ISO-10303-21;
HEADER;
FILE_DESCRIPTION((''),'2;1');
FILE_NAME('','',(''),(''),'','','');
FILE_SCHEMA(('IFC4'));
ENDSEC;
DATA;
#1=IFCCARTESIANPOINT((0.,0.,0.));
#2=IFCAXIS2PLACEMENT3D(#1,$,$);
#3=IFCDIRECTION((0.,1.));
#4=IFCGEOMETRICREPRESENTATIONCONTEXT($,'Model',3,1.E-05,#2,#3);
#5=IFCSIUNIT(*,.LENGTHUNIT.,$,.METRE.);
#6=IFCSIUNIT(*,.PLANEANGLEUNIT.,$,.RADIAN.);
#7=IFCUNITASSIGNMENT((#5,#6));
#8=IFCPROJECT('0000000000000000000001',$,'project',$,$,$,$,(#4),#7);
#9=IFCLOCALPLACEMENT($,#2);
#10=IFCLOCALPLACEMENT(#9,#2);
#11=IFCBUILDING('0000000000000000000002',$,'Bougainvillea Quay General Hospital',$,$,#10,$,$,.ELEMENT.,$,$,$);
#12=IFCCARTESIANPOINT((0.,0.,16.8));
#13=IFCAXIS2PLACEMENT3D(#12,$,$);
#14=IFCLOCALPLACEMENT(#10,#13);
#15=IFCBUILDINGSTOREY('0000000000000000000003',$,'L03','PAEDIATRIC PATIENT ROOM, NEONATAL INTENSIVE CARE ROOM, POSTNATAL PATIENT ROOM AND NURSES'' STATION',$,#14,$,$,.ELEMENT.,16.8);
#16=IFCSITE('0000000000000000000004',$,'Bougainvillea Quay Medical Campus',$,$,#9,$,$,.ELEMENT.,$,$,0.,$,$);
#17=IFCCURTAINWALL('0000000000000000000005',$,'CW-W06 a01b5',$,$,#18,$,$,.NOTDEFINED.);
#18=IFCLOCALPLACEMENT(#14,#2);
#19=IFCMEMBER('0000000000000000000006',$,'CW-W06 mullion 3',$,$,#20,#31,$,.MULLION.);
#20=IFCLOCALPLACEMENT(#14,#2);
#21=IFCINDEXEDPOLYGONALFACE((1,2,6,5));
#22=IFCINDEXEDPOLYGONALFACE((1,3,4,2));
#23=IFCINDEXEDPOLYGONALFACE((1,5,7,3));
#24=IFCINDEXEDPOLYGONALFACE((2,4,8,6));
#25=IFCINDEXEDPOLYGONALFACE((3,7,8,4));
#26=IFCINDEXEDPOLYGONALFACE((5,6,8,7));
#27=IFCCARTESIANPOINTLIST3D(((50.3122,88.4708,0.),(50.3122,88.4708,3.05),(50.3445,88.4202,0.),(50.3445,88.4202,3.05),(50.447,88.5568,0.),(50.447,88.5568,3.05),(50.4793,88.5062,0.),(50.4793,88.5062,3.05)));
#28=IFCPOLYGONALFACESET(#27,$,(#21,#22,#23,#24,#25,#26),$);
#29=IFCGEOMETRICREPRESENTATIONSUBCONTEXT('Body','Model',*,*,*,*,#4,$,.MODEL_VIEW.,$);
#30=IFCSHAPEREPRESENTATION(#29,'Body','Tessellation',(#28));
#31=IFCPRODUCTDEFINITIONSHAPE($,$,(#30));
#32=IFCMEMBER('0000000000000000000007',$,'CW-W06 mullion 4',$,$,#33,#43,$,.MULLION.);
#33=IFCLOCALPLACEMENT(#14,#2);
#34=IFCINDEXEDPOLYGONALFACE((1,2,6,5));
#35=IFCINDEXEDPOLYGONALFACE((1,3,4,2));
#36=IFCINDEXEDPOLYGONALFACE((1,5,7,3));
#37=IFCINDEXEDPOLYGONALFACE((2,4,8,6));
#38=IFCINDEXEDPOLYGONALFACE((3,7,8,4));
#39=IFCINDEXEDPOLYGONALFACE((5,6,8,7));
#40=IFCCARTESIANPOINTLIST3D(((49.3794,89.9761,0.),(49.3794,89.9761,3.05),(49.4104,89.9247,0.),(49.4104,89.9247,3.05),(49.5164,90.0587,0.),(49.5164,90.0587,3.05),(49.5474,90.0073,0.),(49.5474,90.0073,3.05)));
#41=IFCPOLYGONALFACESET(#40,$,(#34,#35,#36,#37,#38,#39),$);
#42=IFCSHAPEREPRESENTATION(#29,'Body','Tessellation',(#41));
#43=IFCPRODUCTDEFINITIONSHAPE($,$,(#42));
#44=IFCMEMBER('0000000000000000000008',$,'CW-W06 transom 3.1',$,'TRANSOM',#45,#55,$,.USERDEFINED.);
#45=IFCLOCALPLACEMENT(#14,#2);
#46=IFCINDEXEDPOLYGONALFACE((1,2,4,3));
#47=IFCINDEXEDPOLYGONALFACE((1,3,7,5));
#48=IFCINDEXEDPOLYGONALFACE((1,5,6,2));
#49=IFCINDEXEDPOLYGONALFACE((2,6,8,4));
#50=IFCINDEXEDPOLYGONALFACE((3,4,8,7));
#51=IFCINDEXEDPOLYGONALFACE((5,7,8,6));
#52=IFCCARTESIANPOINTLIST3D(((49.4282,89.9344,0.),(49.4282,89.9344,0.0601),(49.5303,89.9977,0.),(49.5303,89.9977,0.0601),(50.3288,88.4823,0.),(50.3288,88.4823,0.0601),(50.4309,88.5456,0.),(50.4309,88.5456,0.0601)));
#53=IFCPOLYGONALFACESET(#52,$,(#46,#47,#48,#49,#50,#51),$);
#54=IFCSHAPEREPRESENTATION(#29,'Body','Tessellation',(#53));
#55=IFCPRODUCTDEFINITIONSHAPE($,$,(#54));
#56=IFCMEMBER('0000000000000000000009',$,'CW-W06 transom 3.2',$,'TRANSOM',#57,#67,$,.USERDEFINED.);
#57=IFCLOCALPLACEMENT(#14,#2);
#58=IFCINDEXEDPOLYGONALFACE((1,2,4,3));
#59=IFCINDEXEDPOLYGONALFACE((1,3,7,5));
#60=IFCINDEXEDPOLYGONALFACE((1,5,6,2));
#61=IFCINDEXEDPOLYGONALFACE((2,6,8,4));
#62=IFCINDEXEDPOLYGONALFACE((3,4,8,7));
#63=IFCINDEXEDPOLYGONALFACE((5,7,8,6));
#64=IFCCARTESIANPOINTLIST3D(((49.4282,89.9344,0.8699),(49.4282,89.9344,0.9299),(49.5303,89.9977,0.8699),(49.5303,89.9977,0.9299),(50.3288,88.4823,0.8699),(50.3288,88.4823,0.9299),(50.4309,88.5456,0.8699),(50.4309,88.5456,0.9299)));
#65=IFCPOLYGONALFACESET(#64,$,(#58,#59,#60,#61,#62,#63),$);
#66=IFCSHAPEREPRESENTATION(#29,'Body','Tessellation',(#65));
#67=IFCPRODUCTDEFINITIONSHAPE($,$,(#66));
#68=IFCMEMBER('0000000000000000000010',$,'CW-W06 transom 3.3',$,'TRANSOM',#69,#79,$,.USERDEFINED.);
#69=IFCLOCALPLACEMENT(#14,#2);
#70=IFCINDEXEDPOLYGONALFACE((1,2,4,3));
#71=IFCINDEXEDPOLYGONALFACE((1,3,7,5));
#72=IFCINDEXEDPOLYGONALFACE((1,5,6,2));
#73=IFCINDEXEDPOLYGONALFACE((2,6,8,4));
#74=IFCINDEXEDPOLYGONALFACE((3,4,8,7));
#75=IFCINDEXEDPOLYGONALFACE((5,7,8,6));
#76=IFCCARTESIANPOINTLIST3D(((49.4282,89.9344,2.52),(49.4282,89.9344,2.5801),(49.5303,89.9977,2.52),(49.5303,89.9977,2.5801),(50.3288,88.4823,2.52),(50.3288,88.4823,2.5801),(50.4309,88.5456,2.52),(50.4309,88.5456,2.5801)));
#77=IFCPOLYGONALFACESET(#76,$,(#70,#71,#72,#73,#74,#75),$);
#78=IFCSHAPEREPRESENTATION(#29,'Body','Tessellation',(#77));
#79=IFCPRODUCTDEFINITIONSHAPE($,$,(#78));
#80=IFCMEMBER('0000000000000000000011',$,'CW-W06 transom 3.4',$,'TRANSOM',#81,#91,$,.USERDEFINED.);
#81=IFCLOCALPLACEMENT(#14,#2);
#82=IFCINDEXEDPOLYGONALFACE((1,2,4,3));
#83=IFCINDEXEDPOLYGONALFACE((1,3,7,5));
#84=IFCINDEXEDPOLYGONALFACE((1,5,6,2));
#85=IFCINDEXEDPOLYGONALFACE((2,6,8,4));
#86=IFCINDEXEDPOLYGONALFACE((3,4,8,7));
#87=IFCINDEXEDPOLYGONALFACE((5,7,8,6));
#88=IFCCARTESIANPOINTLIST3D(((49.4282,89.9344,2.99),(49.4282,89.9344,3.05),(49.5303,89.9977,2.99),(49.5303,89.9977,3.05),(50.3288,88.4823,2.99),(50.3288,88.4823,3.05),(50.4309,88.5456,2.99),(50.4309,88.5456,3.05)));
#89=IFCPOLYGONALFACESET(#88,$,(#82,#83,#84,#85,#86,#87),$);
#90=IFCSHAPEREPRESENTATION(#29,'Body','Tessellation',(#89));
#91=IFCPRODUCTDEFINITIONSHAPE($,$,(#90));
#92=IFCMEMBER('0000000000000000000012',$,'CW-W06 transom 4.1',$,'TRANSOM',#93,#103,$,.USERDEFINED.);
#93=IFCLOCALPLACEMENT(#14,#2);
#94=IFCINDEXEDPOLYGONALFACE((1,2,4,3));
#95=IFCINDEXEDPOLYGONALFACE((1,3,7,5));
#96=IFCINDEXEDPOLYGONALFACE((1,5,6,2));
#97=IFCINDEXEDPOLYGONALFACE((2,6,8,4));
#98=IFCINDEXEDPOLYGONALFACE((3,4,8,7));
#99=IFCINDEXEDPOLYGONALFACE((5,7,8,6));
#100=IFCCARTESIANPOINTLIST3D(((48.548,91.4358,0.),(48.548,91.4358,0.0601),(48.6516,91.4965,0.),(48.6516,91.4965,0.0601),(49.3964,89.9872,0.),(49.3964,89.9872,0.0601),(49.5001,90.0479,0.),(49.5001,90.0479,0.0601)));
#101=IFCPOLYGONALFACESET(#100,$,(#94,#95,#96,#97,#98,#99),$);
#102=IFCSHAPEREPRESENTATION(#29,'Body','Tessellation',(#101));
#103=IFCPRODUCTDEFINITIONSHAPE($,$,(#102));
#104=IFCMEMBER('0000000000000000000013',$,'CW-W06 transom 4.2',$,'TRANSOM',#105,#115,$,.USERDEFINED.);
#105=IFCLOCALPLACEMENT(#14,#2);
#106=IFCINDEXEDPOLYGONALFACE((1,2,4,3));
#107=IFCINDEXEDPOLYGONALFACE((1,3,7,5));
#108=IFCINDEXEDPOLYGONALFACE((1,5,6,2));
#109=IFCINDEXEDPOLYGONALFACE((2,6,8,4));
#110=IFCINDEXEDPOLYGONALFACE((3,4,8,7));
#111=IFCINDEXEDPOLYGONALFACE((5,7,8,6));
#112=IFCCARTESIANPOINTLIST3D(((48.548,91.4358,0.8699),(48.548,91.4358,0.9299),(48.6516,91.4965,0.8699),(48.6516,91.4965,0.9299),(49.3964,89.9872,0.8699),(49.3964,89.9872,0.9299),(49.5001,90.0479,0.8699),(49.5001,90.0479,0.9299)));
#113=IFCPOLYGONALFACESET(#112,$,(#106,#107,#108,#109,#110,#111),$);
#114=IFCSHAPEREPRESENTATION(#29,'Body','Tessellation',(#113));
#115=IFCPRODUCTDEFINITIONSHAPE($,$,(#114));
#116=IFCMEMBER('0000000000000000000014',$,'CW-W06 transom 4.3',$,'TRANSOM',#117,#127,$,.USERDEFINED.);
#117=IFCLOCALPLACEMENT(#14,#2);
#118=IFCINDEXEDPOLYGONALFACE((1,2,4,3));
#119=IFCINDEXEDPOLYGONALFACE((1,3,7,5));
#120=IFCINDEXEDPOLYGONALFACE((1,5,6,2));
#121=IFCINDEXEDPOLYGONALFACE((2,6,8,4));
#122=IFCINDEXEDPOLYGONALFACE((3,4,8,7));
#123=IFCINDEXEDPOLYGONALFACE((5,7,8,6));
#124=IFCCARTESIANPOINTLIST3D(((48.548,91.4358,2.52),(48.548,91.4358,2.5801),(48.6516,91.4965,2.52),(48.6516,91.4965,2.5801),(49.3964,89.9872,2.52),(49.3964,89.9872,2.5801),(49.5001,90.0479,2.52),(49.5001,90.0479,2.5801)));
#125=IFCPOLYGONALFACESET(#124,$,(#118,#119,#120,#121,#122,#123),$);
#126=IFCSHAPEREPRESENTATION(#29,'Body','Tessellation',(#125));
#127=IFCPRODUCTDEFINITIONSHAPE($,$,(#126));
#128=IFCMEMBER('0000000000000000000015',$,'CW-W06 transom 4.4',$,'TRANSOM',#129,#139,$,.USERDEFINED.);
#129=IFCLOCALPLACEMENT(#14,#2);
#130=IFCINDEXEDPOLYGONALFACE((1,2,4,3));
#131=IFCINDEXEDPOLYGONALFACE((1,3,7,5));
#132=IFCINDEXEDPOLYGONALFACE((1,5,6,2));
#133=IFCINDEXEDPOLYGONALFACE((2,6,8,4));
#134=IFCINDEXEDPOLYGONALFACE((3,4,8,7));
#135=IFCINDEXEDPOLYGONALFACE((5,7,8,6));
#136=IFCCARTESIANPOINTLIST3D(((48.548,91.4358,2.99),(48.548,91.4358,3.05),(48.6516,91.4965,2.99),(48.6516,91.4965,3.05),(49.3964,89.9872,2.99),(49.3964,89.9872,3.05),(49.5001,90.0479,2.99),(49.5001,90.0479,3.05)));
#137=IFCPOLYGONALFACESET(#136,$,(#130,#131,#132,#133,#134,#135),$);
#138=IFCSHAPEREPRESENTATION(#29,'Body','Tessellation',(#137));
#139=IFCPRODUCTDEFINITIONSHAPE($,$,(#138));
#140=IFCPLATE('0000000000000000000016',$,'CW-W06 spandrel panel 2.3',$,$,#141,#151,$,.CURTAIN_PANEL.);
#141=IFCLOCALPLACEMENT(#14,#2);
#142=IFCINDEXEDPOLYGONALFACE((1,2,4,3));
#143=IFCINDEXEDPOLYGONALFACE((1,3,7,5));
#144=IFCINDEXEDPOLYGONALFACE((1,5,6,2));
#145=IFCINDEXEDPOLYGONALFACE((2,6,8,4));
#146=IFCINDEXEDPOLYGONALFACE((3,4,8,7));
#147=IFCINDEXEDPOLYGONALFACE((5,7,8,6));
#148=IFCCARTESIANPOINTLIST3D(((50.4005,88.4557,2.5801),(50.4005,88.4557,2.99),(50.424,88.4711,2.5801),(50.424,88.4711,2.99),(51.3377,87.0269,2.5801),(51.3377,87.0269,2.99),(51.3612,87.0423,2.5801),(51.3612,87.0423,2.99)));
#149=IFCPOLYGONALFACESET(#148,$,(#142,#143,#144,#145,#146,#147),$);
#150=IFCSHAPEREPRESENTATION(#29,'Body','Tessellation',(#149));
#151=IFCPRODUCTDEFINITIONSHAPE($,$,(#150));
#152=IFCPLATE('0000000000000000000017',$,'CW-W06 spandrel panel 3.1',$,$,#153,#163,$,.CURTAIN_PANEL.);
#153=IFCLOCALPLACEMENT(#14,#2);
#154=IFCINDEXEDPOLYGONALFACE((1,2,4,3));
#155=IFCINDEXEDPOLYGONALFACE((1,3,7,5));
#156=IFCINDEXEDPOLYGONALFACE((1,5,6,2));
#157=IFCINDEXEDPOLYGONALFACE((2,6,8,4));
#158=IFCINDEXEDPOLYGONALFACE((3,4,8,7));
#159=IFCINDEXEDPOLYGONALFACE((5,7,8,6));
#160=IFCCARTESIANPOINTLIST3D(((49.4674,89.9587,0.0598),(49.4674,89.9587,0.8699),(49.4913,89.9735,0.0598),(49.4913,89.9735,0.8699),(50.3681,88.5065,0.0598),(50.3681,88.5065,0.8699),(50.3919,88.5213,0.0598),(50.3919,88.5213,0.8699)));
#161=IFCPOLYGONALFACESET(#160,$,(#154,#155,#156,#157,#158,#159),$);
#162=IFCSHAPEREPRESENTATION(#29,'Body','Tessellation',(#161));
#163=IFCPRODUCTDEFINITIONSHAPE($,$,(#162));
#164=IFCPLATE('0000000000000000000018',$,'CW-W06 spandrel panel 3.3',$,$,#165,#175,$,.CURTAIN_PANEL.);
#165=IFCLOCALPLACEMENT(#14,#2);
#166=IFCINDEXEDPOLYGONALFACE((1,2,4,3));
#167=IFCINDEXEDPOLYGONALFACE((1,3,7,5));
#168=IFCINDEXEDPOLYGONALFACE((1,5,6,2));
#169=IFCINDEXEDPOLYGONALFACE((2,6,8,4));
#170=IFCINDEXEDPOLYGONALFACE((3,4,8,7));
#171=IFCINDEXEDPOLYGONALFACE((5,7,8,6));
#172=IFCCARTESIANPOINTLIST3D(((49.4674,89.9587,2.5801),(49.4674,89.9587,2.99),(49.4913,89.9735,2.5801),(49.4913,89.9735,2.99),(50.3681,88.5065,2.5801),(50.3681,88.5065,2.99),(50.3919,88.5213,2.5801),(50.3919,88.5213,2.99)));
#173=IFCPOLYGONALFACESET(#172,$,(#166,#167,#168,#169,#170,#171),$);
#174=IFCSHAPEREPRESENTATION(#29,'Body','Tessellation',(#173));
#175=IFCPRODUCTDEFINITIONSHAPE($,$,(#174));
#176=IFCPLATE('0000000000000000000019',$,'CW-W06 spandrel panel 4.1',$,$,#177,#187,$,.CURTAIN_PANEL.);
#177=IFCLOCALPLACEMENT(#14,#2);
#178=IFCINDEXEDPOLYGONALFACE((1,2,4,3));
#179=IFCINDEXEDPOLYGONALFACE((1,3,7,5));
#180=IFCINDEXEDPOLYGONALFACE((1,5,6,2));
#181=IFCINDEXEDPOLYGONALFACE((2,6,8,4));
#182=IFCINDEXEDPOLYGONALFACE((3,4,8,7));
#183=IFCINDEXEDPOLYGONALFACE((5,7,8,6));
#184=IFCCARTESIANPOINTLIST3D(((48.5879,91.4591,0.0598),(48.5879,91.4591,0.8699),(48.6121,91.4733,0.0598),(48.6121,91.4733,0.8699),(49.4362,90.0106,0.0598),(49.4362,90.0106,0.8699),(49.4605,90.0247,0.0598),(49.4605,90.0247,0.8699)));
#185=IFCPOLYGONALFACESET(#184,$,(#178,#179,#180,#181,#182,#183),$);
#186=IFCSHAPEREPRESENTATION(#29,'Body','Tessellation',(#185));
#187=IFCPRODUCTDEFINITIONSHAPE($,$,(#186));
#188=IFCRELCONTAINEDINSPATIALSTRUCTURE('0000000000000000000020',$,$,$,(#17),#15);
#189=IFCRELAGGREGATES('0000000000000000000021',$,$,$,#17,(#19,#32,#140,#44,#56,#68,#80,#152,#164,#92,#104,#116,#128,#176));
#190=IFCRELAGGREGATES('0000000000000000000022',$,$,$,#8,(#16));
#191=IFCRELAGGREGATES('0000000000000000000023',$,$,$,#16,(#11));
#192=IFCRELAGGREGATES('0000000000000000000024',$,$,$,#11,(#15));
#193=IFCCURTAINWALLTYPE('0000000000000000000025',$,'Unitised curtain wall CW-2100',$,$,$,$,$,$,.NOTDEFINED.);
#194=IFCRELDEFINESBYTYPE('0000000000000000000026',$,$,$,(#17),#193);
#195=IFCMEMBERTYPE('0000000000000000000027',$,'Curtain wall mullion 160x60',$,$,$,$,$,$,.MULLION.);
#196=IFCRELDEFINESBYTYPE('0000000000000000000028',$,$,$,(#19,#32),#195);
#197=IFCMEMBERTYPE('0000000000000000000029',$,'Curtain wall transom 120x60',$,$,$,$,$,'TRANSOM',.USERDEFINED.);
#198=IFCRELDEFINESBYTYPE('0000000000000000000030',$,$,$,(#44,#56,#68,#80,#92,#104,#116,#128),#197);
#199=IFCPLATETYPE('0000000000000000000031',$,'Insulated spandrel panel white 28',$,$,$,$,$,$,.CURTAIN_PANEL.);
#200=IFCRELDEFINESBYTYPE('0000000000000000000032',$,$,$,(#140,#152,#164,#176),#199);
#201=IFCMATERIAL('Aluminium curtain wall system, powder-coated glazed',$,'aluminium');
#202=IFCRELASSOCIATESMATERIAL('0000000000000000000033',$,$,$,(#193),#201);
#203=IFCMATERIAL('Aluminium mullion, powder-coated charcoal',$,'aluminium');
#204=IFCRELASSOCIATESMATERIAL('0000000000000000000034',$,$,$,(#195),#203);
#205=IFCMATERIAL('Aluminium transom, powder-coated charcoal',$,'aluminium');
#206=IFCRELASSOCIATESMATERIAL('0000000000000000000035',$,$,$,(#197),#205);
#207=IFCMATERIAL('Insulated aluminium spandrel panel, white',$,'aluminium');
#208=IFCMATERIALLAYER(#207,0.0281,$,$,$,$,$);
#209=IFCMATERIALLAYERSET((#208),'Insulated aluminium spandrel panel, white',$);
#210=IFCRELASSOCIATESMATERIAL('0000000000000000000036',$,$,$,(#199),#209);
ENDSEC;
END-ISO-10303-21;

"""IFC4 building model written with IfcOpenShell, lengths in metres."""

from ifc_helpers import new_model, si_unit, direction, frame, origin, origin_2d, place, context, subcontext, project, spatial, rectangle, extrude, material, layer, layer_set, material_profile, profile_set, type_object, element, aggregate, save


model = new_model("IFC4")

# Units and contexts
model_context = context("Model", 3, precision=1e-05, world=origin(), true_north=direction((0.0, 1.0)))
body_context = subcontext(model_context, "Body", "Model", "MODEL_VIEW")
ifc_project = project(units=[si_unit("LENGTHUNIT", "METRE"), si_unit("PLANEANGLEUNIT", "RADIAN")], contexts=[model_context])

# Site, building, storey
site_placement = place(None, origin())
site = spatial("IfcSite", under=ifc_project, at=site_placement, Name="Bougainvillea Quay Medical Campus", CompositionType="ELEMENT", RefElevation=0.0)
building_placement = place(site_placement, origin())
building = spatial("IfcBuilding", under=site, at=building_placement, Name="Bougainvillea Quay General Hospital", CompositionType="ELEMENT")
storey_placement = place(building_placement, frame((0.0, 0.0, 16.8)))
storey = spatial("IfcBuildingStorey", under=building, at=storey_placement, Name="L03", Description="PAEDIATRIC PATIENT ROOM, NEONATAL INTENSIVE CARE ROOM, POSTNATAL PATIENT ROOM AND NURSES' STATION", CompositionType="ELEMENT", Elevation=16.8)

# Curtain wall, members, plates
ifc_material_1 = material(Name="Aluminium curtain wall system, powder-coated glazed", Category="aluminium")
curtain_wall_type = type_object("IfcCurtainWallType", Name="Unitised curtain wall CW-2100", PredefinedType="NOTDEFINED", material=ifc_material_1)
curtain_wall_placement = place(storey_placement, origin())
curtain_wall = element("IfcCurtainWall", 1, at=curtain_wall_placement, inside=storey, type_object=curtain_wall_type, Name="CW-W06 a01b5", PredefinedType="NOTDEFINED")
ifc_material_2 = material(Name="Aluminium mullion, powder-coated charcoal", Category="aluminium")
ifc_material_profile_1 = material_profile(ifc_material_2, rectangle(XDim=0.1599, YDim=0.0601, at=origin_2d()))
ifc_profile_set_1 = profile_set([ifc_material_profile_1], Name="Aluminium mullion, powder-coated charcoal")
member_type_1 = type_object("IfcMemberType", Name="Curtain wall mullion 160x60", PredefinedType="MULLION", material=ifc_profile_set_1)
member_1_placement = place(storey_placement, frame((50.3958, 88.4885, 0.0), z_axis=(0.0, 0.0, 1.0), x_axis=(-0.843072, -0.5378, 0.0)))
member_1 = element("IfcMember", 2, at=member_1_placement, type_object=member_type_1, Name="CW-W06 mullion 3", PredefinedType="MULLION", context=body_context, shape_type="SweptSolid", body=[
    extrude(rectangle(XDim=0.1599, YDim=0.0601, at=origin_2d()), origin(), (0.0, 0.0, 1.0), 3.05),
])
member_2_placement = place(storey_placement, frame((49.4634, 89.9917, 0.0), z_axis=(0.0, 0.0, 1.0), x_axis=(-0.856438, -0.516249, 0.0)))
member_2 = element("IfcMember", 3, at=member_2_placement, type_object=member_type_1, Name="CW-W06 mullion 4", PredefinedType="MULLION", context=body_context, shape_type="SweptSolid", body=[
    extrude(rectangle(XDim=0.1599, YDim=0.0601, at=origin_2d()), origin(), (0.0, 0.0, 1.0), 3.05),
])
ifc_material_3 = material(Name="Aluminium transom, powder-coated charcoal", Category="aluminium")
ifc_material_profile_2 = material_profile(ifc_material_3, rectangle(XDim=0.1201, YDim=0.0601, at=origin_2d()))
ifc_profile_set_2 = profile_set([ifc_material_profile_2], Name="Aluminium transom, powder-coated charcoal")
member_type_2 = type_object("IfcMemberType", Name="Curtain wall transom 120x60", ElementType="TRANSOM", PredefinedType="USERDEFINED", material=ifc_profile_set_2)
member_3_placement = place(storey_placement, frame((50.3799, 88.5139, 0.03), z_axis=(-0.527068, 0.849823, 0.0), x_axis=(-0.849823, -0.527068, 0.0)))
member_3 = element("IfcMember", 4, at=member_3_placement, type_object=member_type_2, Name="CW-W06 transom 3.1", ObjectType="TRANSOM", PredefinedType="USERDEFINED", context=body_context, shape_type="SweptSolid", body=[
    extrude(rectangle(XDim=0.1201, YDim=0.0601, at=origin_2d()), origin(), (0.0, 0.0, 1.0), 1.7087),
])
member_4_placement = place(storey_placement, frame((50.3799, 88.5139, 0.8999), z_axis=(-0.527068, 0.849823, 0.0), x_axis=(-0.849823, -0.527068, 0.0)))
member_4 = element("IfcMember", 5, at=member_4_placement, type_object=member_type_2, Name="CW-W06 transom 3.2", ObjectType="TRANSOM", PredefinedType="USERDEFINED", context=body_context, shape_type="SweptSolid", body=[
    extrude(rectangle(XDim=0.1201, YDim=0.0601, at=origin_2d()), origin(), (0.0, 0.0, 1.0), 1.7087),
])
member_5_placement = place(storey_placement, frame((50.3799, 88.5139, 2.55), z_axis=(-0.527068, 0.849823, 0.0), x_axis=(-0.849823, -0.527068, 0.0)))
member_5 = element("IfcMember", 6, at=member_5_placement, type_object=member_type_2, Name="CW-W06 transom 3.3", ObjectType="TRANSOM", PredefinedType="USERDEFINED", context=body_context, shape_type="SweptSolid", body=[
    extrude(rectangle(XDim=0.1201, YDim=0.0601, at=origin_2d()), origin(), (0.0, 0.0, 1.0), 1.7087),
])
member_6_placement = place(storey_placement, frame((50.3799, 88.5139, 3.02), z_axis=(-0.527068, 0.849823, 0.0), x_axis=(-0.849823, -0.527068, 0.0)))
member_6 = element("IfcMember", 7, at=member_6_placement, type_object=member_type_2, Name="CW-W06 transom 3.4", ObjectType="TRANSOM", PredefinedType="USERDEFINED", context=body_context, shape_type="SweptSolid", body=[
    extrude(rectangle(XDim=0.1201, YDim=0.0601, at=origin_2d()), origin(), (0.0, 0.0, 1.0), 1.7087),
])
member_7_placement = place(storey_placement, frame((49.4482, 90.0176, 0.03), z_axis=(-0.505398, 0.862886, 0.0), x_axis=(-0.862886, -0.505398, 0.0)))
member_7 = element("IfcMember", 8, at=member_7_placement, type_object=member_type_2, Name="CW-W06 transom 4.1", ObjectType="TRANSOM", PredefinedType="USERDEFINED", context=body_context, shape_type="SweptSolid", body=[
    extrude(rectangle(XDim=0.1201, YDim=0.0601, at=origin_2d()), origin(), (0.0, 0.0, 1.0), 1.6787),
])
member_8_placement = place(storey_placement, frame((49.4482, 90.0176, 0.8999), z_axis=(-0.505398, 0.862886, 0.0), x_axis=(-0.862886, -0.505398, 0.0)))
member_8 = element("IfcMember", 9, at=member_8_placement, type_object=member_type_2, Name="CW-W06 transom 4.2", ObjectType="TRANSOM", PredefinedType="USERDEFINED", context=body_context, shape_type="SweptSolid", body=[
    extrude(rectangle(XDim=0.1201, YDim=0.0601, at=origin_2d()), origin(), (0.0, 0.0, 1.0), 1.6787),
])
member_9_placement = place(storey_placement, frame((49.4482, 90.0176, 2.55), z_axis=(-0.505398, 0.862886, 0.0), x_axis=(-0.862886, -0.505398, 0.0)))
member_9 = element("IfcMember", 10, at=member_9_placement, type_object=member_type_2, Name="CW-W06 transom 4.3", ObjectType="TRANSOM", PredefinedType="USERDEFINED", context=body_context, shape_type="SweptSolid", body=[
    extrude(rectangle(XDim=0.1201, YDim=0.0601, at=origin_2d()), origin(), (0.0, 0.0, 1.0), 1.6787),
])
member_10_placement = place(storey_placement, frame((49.4482, 90.0176, 3.02), z_axis=(-0.505398, 0.862886, 0.0), x_axis=(-0.862886, -0.505398, 0.0)))
member_10 = element("IfcMember", 11, at=member_10_placement, type_object=member_type_2, Name="CW-W06 transom 4.4", ObjectType="TRANSOM", PredefinedType="USERDEFINED", context=body_context, shape_type="SweptSolid", body=[
    extrude(rectangle(XDim=0.1201, YDim=0.0601, at=origin_2d()), origin(), (0.0, 0.0, 1.0), 1.6787),
])
ifc_material_4 = material(Name="Insulated aluminium spandrel panel, white", Category="aluminium")
ifc_layer_1 = layer(ifc_material_4, 0.0281)
ifc_layer_set_1 = layer_set([ifc_layer_1], Name="Insulated aluminium spandrel panel, white")
plate_type_1 = type_object("IfcPlateType", Name="Insulated spandrel panel white 28", PredefinedType="CURTAIN_PANEL", material=ifc_layer_set_1)
plate_1_placement = place(storey_placement, frame((50.8809, 87.749, 2.5801), z_axis=(0.0, 0.0, 1.0), x_axis=(-0.548446, 0.836186, 0.0)))
plate_1 = element("IfcPlate", 12, at=plate_1_placement, type_object=plate_type_1, Name="CW-W06 spandrel panel 2.3", PredefinedType="CURTAIN_PANEL", context=body_context, shape_type="SweptSolid", body=[
    extrude(rectangle(XDim=1.7087, YDim=0.0281, at=origin_2d()), origin(), (0.0, 0.0, 1.0), 0.4099),
])
plate_2_placement = place(storey_placement, frame((49.9297, 89.24, 0.0598), z_axis=(0.0, 0.0, 1.0), x_axis=(-0.527067, 0.849824, 0.0)))
plate_2 = element("IfcPlate", 13, at=plate_2_placement, type_object=plate_type_1, Name="CW-W06 spandrel panel 3.1", PredefinedType="CURTAIN_PANEL", context=body_context, shape_type="SweptSolid", body=[
    extrude(rectangle(XDim=1.7087, YDim=0.0281, at=origin_2d()), origin(), (0.0, 0.0, 1.0), 0.8101),
])
plate_3_placement = place(storey_placement, frame((49.9297, 89.24, 2.5801), z_axis=(0.0, 0.0, 1.0), x_axis=(-0.527067, 0.849824, 0.0)))
plate_3 = element("IfcPlate", 14, at=plate_3_placement, type_object=plate_type_1, Name="CW-W06 spandrel panel 3.3", PredefinedType="CURTAIN_PANEL", context=body_context, shape_type="SweptSolid", body=[
    extrude(rectangle(XDim=1.7087, YDim=0.0281, at=origin_2d()), origin(), (0.0, 0.0, 1.0), 0.4099),
])
plate_4_placement = place(storey_placement, frame((49.0242, 90.7419, 0.0598), z_axis=(0.0, 0.0, 1.0), x_axis=(-0.505349, 0.862915, 0.0)))
plate_4 = element("IfcPlate", 15, at=plate_4_placement, type_object=plate_type_1, Name="CW-W06 spandrel panel 4.1", PredefinedType="CURTAIN_PANEL", context=body_context, shape_type="SweptSolid", body=[
    extrude(rectangle(XDim=1.6787, YDim=0.0281, at=origin_2d()), origin(), (0.0, 0.0, 1.0), 0.8101),
])
aggregate(curtain_wall, [member_1, member_2, plate_1, member_3, member_4, member_5, member_6, plate_2, plate_3, member_7, member_8, member_9, member_10, plate_4])

save(model, "model.ifc")
